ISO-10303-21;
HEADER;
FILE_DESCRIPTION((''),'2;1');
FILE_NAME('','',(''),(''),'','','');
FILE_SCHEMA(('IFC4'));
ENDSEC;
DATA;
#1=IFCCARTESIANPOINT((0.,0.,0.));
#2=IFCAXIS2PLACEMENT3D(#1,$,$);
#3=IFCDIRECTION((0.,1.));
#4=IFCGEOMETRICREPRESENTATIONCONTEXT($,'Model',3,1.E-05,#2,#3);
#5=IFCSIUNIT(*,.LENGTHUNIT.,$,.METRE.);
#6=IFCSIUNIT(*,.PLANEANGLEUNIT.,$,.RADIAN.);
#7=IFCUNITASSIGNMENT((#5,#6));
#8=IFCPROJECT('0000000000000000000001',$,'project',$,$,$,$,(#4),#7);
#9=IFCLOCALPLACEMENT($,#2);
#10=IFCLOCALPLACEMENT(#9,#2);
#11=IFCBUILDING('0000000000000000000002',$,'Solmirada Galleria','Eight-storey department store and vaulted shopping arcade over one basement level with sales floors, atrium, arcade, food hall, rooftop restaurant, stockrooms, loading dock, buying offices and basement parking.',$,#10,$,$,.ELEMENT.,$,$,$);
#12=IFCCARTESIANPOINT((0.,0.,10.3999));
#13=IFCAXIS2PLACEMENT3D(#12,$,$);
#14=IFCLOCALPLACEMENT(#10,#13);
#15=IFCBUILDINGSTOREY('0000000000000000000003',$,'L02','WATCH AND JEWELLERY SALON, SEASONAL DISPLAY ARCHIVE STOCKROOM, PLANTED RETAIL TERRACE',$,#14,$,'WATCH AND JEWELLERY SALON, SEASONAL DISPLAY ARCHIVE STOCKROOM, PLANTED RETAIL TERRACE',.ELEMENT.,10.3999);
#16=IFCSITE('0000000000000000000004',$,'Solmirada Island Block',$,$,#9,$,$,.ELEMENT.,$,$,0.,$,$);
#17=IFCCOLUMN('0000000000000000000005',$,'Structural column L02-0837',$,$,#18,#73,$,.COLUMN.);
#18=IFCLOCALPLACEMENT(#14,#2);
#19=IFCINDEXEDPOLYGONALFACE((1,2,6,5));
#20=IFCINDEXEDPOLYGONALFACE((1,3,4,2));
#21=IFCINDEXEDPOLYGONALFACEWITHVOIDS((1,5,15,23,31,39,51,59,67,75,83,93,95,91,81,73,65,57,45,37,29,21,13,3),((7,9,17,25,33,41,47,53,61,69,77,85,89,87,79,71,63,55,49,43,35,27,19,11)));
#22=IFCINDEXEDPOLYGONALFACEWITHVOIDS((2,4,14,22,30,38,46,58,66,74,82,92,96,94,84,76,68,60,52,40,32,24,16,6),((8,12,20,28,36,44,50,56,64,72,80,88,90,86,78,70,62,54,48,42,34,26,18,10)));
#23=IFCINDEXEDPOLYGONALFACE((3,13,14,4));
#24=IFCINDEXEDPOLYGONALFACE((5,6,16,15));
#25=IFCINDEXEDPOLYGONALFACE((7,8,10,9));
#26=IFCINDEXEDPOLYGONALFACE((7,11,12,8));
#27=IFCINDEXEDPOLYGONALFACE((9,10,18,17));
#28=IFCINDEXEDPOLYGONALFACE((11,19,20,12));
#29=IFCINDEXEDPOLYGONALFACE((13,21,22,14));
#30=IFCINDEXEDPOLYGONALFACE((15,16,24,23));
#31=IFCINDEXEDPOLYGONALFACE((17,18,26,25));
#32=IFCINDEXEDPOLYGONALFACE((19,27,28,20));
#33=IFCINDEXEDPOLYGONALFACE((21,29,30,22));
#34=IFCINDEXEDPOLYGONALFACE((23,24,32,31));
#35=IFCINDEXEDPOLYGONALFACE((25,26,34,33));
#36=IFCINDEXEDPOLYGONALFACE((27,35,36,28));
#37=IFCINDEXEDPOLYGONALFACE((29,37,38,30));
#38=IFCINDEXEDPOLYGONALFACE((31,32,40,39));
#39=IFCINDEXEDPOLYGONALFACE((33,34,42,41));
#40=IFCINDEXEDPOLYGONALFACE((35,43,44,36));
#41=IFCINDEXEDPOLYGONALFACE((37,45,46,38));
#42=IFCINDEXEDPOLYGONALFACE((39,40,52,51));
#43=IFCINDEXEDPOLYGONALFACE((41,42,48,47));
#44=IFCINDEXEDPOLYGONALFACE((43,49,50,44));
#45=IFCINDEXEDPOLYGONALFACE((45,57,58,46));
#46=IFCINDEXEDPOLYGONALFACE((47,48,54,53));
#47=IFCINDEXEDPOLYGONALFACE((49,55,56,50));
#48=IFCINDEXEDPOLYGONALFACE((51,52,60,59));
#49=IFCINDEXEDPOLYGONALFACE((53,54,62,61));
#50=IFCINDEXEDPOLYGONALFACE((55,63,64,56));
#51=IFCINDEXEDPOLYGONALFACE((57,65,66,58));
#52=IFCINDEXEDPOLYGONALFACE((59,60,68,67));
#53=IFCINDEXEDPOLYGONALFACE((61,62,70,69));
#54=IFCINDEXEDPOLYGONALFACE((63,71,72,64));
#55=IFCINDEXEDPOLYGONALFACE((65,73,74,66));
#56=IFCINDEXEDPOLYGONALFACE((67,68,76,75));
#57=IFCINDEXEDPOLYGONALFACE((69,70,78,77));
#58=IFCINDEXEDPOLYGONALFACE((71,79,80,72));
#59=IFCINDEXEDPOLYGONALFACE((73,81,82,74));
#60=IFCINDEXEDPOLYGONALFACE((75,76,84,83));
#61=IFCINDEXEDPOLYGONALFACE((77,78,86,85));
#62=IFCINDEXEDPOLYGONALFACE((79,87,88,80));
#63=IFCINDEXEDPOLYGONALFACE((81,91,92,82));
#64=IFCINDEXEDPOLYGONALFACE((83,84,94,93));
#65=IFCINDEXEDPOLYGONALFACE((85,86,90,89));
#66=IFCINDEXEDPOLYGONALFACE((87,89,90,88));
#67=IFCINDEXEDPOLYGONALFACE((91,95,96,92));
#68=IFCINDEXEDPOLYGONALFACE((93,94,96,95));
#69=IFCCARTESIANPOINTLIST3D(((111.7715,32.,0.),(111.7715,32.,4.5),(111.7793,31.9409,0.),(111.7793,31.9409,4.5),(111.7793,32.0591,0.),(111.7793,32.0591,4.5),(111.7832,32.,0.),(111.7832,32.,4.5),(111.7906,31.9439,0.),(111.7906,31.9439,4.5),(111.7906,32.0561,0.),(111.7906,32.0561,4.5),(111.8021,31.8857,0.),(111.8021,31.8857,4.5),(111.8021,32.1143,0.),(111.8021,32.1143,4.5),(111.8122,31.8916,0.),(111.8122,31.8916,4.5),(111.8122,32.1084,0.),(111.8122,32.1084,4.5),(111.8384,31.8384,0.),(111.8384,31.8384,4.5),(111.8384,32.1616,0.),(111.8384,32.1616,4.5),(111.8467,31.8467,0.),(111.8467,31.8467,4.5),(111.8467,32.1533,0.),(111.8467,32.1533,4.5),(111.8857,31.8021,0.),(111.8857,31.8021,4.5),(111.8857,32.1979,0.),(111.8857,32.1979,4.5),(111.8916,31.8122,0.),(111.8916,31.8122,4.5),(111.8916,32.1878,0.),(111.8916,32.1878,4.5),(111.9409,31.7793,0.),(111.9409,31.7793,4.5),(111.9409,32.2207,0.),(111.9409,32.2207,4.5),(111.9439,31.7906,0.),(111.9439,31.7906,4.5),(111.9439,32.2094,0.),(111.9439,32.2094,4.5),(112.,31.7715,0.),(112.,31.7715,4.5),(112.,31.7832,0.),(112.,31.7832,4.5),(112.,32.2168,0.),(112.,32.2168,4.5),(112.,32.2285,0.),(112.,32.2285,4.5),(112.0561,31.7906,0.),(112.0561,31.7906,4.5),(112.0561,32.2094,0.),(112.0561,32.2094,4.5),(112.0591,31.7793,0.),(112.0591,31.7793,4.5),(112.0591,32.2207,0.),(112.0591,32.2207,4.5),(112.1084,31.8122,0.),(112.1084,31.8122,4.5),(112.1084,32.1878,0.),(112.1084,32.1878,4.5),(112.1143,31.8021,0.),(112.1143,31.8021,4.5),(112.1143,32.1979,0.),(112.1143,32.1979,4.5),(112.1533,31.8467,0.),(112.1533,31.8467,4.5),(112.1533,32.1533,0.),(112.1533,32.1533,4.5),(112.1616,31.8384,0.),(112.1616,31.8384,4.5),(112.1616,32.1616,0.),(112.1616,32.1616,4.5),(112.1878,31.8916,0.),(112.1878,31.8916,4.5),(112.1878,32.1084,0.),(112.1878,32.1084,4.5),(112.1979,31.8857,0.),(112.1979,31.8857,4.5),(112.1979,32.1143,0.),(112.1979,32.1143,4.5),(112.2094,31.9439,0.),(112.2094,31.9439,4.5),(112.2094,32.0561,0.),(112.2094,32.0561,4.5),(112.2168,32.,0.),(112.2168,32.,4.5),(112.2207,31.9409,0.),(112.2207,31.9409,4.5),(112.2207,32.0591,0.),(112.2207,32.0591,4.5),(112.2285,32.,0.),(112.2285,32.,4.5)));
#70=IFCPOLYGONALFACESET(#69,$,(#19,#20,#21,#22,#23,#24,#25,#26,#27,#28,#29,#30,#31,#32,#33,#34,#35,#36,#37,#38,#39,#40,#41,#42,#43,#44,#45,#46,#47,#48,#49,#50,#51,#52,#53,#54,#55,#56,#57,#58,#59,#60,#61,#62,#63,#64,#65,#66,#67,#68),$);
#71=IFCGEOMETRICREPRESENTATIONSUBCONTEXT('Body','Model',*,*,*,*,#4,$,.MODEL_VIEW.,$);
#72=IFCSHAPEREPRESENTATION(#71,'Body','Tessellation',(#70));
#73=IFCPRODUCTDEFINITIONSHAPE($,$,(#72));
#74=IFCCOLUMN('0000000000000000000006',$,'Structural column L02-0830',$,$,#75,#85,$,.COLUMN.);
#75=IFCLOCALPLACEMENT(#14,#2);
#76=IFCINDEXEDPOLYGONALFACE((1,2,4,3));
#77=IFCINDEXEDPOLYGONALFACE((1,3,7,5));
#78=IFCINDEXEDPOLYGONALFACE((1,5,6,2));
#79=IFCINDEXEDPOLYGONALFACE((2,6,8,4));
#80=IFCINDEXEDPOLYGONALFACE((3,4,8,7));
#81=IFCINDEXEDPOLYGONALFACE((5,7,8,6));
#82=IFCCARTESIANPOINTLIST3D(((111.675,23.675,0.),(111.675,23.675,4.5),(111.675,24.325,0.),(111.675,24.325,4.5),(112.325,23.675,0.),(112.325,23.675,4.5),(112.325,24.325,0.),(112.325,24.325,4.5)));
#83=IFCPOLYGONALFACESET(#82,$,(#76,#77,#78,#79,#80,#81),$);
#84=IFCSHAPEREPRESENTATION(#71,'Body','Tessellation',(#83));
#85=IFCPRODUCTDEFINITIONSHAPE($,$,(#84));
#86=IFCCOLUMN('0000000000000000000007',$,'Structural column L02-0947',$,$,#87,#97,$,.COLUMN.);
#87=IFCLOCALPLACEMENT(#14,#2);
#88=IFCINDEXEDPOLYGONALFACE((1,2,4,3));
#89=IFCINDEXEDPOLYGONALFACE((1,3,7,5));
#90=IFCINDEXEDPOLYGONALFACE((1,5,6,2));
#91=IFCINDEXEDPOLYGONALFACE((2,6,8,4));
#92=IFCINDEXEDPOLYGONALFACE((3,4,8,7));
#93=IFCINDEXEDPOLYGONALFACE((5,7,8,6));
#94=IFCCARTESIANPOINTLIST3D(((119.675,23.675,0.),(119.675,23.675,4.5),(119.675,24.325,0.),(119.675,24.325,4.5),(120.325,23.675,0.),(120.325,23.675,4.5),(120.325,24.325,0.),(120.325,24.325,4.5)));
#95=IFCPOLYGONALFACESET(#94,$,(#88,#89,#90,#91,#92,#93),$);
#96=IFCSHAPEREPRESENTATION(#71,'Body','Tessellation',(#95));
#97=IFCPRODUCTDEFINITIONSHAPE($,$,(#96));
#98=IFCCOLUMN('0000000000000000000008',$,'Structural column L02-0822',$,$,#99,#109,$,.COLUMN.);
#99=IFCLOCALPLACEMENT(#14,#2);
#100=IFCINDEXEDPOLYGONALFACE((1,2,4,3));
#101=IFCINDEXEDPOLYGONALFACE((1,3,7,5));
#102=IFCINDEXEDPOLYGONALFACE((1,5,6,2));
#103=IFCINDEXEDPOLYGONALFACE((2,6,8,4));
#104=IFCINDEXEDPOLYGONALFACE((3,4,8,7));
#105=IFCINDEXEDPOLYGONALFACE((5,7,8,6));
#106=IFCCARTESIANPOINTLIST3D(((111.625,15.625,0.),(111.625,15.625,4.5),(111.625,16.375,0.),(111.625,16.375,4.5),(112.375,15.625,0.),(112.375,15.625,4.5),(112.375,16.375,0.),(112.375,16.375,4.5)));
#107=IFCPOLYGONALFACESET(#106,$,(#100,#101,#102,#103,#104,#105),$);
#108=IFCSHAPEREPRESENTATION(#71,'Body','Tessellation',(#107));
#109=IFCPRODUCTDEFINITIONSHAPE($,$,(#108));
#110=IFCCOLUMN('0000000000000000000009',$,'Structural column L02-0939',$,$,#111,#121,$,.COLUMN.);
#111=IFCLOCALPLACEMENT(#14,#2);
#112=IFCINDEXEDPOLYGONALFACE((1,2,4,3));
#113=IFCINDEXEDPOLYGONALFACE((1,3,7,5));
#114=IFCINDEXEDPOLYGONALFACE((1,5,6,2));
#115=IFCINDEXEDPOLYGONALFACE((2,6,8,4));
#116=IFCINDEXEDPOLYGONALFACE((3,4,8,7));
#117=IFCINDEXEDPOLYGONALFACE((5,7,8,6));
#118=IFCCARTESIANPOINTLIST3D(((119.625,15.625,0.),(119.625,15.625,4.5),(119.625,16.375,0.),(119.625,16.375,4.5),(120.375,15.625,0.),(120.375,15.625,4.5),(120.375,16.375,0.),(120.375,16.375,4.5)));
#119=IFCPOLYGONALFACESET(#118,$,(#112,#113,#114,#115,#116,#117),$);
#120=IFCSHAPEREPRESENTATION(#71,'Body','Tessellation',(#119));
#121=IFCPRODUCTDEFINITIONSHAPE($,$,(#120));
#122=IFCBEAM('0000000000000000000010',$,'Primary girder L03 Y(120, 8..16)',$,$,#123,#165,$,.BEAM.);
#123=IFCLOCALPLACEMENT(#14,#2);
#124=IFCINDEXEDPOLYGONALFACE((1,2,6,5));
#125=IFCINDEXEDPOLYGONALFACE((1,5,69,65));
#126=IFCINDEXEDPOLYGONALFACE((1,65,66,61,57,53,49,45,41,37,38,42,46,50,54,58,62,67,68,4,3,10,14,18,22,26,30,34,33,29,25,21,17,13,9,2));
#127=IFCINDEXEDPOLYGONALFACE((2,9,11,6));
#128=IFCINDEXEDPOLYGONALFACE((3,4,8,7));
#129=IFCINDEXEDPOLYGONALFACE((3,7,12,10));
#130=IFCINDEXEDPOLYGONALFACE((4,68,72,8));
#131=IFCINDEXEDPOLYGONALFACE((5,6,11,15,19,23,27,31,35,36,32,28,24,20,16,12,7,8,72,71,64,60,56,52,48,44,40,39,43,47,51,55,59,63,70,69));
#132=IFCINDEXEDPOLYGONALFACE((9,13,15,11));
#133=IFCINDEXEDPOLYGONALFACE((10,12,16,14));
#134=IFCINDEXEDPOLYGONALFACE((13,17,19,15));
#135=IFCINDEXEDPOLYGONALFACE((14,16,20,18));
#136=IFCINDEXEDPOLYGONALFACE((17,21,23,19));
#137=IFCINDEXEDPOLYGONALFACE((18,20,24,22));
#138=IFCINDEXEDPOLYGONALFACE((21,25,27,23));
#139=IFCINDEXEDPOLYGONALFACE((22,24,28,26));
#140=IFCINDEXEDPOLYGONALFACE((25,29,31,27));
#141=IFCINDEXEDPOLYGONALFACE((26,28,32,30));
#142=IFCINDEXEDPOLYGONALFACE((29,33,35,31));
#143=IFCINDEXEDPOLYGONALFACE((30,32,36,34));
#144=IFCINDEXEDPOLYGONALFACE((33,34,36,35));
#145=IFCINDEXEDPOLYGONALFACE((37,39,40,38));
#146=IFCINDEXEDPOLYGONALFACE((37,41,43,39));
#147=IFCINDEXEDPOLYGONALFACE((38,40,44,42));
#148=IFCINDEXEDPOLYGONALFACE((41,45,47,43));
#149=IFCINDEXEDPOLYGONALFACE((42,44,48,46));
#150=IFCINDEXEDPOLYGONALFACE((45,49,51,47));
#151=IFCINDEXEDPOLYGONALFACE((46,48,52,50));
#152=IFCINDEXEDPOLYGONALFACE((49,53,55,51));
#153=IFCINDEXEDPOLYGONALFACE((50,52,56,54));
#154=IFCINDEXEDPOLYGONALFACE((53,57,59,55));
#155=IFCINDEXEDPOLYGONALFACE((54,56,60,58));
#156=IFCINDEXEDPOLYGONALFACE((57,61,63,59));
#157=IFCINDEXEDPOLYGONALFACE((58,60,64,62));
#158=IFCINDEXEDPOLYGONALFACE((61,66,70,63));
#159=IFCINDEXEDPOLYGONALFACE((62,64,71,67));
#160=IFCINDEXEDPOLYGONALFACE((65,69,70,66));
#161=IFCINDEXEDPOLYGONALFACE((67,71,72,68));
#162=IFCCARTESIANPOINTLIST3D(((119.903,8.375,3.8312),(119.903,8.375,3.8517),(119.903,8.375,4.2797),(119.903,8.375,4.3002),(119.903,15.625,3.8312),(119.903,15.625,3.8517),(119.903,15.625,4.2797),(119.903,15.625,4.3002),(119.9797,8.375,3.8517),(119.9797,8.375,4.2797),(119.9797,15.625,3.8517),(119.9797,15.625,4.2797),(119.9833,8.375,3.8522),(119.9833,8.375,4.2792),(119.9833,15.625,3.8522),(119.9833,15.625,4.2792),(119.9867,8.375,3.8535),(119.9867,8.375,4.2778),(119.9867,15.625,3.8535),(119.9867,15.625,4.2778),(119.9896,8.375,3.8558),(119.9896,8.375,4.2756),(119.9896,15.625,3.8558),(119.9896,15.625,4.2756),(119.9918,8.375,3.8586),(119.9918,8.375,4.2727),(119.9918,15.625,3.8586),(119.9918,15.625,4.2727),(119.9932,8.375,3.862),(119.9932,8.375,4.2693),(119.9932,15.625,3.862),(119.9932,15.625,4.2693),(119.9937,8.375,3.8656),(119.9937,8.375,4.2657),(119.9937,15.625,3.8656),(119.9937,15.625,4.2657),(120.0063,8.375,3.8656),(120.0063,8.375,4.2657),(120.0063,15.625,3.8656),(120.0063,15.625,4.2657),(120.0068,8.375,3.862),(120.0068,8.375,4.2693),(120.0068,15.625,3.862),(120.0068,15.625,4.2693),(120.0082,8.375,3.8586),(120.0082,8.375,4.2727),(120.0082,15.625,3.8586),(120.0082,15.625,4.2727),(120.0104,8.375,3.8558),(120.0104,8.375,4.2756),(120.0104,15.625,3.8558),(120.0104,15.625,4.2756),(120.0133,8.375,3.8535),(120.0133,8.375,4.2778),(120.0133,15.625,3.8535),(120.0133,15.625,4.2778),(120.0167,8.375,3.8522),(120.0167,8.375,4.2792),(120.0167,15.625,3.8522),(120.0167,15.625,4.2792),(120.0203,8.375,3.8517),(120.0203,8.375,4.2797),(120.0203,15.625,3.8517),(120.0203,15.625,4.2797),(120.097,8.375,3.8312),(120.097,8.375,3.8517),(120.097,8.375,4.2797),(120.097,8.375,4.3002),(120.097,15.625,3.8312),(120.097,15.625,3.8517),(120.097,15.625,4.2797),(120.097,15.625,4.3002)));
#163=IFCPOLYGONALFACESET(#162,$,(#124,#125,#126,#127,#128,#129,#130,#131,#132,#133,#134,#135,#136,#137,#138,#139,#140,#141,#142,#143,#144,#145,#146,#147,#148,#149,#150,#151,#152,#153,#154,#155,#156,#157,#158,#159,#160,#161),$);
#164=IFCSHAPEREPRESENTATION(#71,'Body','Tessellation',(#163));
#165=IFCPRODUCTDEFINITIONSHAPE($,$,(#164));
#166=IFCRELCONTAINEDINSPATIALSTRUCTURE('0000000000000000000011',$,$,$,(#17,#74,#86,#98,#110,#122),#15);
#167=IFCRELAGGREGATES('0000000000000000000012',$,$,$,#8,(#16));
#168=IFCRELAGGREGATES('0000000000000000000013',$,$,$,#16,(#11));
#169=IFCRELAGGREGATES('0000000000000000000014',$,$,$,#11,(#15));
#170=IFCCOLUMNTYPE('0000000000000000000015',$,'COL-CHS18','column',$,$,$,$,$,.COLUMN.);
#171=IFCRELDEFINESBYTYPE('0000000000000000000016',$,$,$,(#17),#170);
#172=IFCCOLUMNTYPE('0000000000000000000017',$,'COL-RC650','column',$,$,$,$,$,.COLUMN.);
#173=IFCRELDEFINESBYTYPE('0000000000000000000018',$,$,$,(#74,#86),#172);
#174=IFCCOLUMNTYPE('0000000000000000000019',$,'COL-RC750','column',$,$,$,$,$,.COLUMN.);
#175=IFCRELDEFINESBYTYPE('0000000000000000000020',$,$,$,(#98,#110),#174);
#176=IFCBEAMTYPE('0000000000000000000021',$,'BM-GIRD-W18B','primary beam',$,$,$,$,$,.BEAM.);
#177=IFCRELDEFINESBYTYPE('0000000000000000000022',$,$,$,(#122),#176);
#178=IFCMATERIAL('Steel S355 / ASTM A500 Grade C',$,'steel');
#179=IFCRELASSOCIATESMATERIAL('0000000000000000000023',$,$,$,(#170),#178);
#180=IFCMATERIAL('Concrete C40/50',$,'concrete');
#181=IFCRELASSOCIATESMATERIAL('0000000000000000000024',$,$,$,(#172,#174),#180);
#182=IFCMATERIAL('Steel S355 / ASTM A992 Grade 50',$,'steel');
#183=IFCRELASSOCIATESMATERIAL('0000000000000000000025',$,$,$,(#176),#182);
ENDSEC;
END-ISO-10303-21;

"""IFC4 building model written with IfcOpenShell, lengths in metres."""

from ifc_helpers import new_model, si_unit, direction, frame, origin, origin_2d, place, context, subcontext, project, spatial, rectangle, hollow_circle, i_section, extrude, material, material_profile, profile_set, type_object, element, save


model = new_model("IFC4")

# Units and contexts
model_context = context("Model", 3, precision=1e-05, world=origin(), true_north=direction((0.0, 1.0)))
body_context = subcontext(model_context, "Body", "Model", "MODEL_VIEW")
ifc_project = project(units=[si_unit("LENGTHUNIT", "METRE"), si_unit("PLANEANGLEUNIT", "RADIAN")], contexts=[model_context])

# Site, building, storey
site_placement = place(None, origin())
site = spatial("IfcSite", under=ifc_project, at=site_placement, Name="Solmirada Island Block", CompositionType="ELEMENT", RefElevation=0.0)
building_placement = place(site_placement, origin())
building = spatial("IfcBuilding", under=site, at=building_placement, Name="Solmirada Galleria", Description="Eight-storey department store and vaulted shopping arcade over one basement level with sales floors, atrium, arcade, food hall, rooftop restaurant, stockrooms, loading dock, buying offices and basement parking.", CompositionType="ELEMENT")
storey_placement = place(building_placement, frame((0.0, 0.0, 10.3999)))
storey = spatial("IfcBuildingStorey", under=building, at=storey_placement, Name="L02", Description="WATCH AND JEWELLERY SALON, SEASONAL DISPLAY ARCHIVE STOCKROOM, PLANTED RETAIL TERRACE", LongName="WATCH AND JEWELLERY SALON, SEASONAL DISPLAY ARCHIVE STOCKROOM, PLANTED RETAIL TERRACE", CompositionType="ELEMENT", Elevation=10.3999)

# Columns
ifc_material_1 = material(Name="Steel S355 / ASTM A500 Grade C", Category="steel")
ifc_material_profile_1 = material_profile(ifc_material_1, hollow_circle(Radius=0.2285, WallThickness=0.0117, at=origin_2d()), Name="HSS18.000X0.500")
ifc_profile_set_1 = profile_set([ifc_material_profile_1], Name="Steel S355 / ASTM A500 Grade C")
column_type_1 = type_object("IfcColumnType", Name="COL-CHS18", Description="column", PredefinedType="COLUMN", material=ifc_profile_set_1)
column_placement = place(storey_placement, frame((112.0, 32.0, 0.0), z_axis=(0.0, 0.0, 1.0), x_axis=(1.0, 0.0, 0.0)))
element("IfcColumn", 1, at=column_placement, inside=storey, type_object=column_type_1, Name="Structural column L02-0837", PredefinedType="COLUMN", context=body_context, shape_type="SweptSolid", body=[
    extrude(hollow_circle(Radius=0.2285, WallThickness=0.0117, at=origin_2d()), origin(), (0.0, 0.0, 1.0), 4.5),
])
ifc_material_2 = material(Name="Concrete C40/50", Category="concrete")
ifc_material_profile_2 = material_profile(ifc_material_2, rectangle(XDim=0.6499, YDim=0.6499, at=origin_2d()), Name="RC650X650")
ifc_profile_set_2 = profile_set([ifc_material_profile_2], Name="Concrete C40/50")
column_type_2 = type_object("IfcColumnType", Name="COL-RC650", Description="column", PredefinedType="COLUMN", material=ifc_profile_set_2)
for number, where, z_axis, x_axis, name in (
    (2, (112.0, 24.0, 0.0), (0.0, 0.0, 1.0), (1.0, 0.0, 0.0), "Structural column L02-0830"),
    (3, (120.0, 24.0, 0.0), (0.0, 0.0, 1.0), (1.0, 0.0, 0.0), "Structural column L02-0947"),
):
    element("IfcColumn", number, at=place(storey_placement, frame(where, z_axis=z_axis, x_axis=x_axis)), inside=storey, type_object=column_type_2, Name=name, PredefinedType="COLUMN", context=body_context, shape_type="SweptSolid", body=[
        extrude(rectangle(XDim=0.6499, YDim=0.6499, at=origin_2d()), origin(), (0.0, 0.0, 1.0), 4.5),
    ])
ifc_material_profile_3 = material_profile(ifc_material_2, rectangle(XDim=0.75, YDim=0.75, at=origin_2d()), Name="RC750X750")
ifc_profile_set_3 = profile_set([ifc_material_profile_3], Name="Concrete C40/50")
column_type_3 = type_object("IfcColumnType", Name="COL-RC750", Description="column", PredefinedType="COLUMN", material=ifc_profile_set_3)
for number, where, z_axis, x_axis, name in (
    (4, (112.0, 16.0, 0.0), (0.0, 0.0, 1.0), (1.0, 0.0, 0.0), "Structural column L02-0822"),
    (5, (120.0, 16.0, 0.0), (0.0, 0.0, 1.0), (1.0, 0.0, 0.0), "Structural column L02-0939"),
):
    element("IfcColumn", number, at=place(storey_placement, frame(where, z_axis=z_axis, x_axis=x_axis)), inside=storey, type_object=column_type_3, Name=name, PredefinedType="COLUMN", context=body_context, shape_type="SweptSolid", body=[
        extrude(rectangle(XDim=0.75, YDim=0.75, at=origin_2d()), origin(), (0.0, 0.0, 1.0), 4.5),
    ])

# Beam
ifc_material_3 = material(Name="Steel S355 / ASTM A992 Grade 50", Category="steel")
ifc_material_profile_4 = material_profile(ifc_material_3, i_section(OverallWidth=0.1941, OverallDepth=0.469, WebThickness=0.0127, FlangeThickness=0.0205, FilletRadius=0.0139, at=origin_2d()), Name="W18X71")
ifc_profile_set_4 = profile_set([ifc_material_profile_4], Name="Steel S355 / ASTM A992 Grade 50")
beam_type_1 = type_object("IfcBeamType", Name="BM-GIRD-W18B", Description="primary beam", PredefinedType="BEAM", material=ifc_profile_set_4)
beam_1_placement = place(storey_placement, frame((120.0, 8.375, 4.0657), z_axis=(0.0, 1.0, 0.0), x_axis=(-1.0, 0.0, 0.0)))
element("IfcBeam", 6, at=beam_1_placement, inside=storey, type_object=beam_type_1, Name="Primary girder L03 Y(120, 8..16)", PredefinedType="BEAM", context=body_context, shape_type="SweptSolid", body=[
    extrude(i_section(OverallWidth=0.1941, OverallDepth=0.469, WebThickness=0.0127, FlangeThickness=0.0205, FilletRadius=0.0139, at=origin_2d()), origin(), (0.0, 0.0, 1.0), 7.25),
])

save(model, "model.ifc")
